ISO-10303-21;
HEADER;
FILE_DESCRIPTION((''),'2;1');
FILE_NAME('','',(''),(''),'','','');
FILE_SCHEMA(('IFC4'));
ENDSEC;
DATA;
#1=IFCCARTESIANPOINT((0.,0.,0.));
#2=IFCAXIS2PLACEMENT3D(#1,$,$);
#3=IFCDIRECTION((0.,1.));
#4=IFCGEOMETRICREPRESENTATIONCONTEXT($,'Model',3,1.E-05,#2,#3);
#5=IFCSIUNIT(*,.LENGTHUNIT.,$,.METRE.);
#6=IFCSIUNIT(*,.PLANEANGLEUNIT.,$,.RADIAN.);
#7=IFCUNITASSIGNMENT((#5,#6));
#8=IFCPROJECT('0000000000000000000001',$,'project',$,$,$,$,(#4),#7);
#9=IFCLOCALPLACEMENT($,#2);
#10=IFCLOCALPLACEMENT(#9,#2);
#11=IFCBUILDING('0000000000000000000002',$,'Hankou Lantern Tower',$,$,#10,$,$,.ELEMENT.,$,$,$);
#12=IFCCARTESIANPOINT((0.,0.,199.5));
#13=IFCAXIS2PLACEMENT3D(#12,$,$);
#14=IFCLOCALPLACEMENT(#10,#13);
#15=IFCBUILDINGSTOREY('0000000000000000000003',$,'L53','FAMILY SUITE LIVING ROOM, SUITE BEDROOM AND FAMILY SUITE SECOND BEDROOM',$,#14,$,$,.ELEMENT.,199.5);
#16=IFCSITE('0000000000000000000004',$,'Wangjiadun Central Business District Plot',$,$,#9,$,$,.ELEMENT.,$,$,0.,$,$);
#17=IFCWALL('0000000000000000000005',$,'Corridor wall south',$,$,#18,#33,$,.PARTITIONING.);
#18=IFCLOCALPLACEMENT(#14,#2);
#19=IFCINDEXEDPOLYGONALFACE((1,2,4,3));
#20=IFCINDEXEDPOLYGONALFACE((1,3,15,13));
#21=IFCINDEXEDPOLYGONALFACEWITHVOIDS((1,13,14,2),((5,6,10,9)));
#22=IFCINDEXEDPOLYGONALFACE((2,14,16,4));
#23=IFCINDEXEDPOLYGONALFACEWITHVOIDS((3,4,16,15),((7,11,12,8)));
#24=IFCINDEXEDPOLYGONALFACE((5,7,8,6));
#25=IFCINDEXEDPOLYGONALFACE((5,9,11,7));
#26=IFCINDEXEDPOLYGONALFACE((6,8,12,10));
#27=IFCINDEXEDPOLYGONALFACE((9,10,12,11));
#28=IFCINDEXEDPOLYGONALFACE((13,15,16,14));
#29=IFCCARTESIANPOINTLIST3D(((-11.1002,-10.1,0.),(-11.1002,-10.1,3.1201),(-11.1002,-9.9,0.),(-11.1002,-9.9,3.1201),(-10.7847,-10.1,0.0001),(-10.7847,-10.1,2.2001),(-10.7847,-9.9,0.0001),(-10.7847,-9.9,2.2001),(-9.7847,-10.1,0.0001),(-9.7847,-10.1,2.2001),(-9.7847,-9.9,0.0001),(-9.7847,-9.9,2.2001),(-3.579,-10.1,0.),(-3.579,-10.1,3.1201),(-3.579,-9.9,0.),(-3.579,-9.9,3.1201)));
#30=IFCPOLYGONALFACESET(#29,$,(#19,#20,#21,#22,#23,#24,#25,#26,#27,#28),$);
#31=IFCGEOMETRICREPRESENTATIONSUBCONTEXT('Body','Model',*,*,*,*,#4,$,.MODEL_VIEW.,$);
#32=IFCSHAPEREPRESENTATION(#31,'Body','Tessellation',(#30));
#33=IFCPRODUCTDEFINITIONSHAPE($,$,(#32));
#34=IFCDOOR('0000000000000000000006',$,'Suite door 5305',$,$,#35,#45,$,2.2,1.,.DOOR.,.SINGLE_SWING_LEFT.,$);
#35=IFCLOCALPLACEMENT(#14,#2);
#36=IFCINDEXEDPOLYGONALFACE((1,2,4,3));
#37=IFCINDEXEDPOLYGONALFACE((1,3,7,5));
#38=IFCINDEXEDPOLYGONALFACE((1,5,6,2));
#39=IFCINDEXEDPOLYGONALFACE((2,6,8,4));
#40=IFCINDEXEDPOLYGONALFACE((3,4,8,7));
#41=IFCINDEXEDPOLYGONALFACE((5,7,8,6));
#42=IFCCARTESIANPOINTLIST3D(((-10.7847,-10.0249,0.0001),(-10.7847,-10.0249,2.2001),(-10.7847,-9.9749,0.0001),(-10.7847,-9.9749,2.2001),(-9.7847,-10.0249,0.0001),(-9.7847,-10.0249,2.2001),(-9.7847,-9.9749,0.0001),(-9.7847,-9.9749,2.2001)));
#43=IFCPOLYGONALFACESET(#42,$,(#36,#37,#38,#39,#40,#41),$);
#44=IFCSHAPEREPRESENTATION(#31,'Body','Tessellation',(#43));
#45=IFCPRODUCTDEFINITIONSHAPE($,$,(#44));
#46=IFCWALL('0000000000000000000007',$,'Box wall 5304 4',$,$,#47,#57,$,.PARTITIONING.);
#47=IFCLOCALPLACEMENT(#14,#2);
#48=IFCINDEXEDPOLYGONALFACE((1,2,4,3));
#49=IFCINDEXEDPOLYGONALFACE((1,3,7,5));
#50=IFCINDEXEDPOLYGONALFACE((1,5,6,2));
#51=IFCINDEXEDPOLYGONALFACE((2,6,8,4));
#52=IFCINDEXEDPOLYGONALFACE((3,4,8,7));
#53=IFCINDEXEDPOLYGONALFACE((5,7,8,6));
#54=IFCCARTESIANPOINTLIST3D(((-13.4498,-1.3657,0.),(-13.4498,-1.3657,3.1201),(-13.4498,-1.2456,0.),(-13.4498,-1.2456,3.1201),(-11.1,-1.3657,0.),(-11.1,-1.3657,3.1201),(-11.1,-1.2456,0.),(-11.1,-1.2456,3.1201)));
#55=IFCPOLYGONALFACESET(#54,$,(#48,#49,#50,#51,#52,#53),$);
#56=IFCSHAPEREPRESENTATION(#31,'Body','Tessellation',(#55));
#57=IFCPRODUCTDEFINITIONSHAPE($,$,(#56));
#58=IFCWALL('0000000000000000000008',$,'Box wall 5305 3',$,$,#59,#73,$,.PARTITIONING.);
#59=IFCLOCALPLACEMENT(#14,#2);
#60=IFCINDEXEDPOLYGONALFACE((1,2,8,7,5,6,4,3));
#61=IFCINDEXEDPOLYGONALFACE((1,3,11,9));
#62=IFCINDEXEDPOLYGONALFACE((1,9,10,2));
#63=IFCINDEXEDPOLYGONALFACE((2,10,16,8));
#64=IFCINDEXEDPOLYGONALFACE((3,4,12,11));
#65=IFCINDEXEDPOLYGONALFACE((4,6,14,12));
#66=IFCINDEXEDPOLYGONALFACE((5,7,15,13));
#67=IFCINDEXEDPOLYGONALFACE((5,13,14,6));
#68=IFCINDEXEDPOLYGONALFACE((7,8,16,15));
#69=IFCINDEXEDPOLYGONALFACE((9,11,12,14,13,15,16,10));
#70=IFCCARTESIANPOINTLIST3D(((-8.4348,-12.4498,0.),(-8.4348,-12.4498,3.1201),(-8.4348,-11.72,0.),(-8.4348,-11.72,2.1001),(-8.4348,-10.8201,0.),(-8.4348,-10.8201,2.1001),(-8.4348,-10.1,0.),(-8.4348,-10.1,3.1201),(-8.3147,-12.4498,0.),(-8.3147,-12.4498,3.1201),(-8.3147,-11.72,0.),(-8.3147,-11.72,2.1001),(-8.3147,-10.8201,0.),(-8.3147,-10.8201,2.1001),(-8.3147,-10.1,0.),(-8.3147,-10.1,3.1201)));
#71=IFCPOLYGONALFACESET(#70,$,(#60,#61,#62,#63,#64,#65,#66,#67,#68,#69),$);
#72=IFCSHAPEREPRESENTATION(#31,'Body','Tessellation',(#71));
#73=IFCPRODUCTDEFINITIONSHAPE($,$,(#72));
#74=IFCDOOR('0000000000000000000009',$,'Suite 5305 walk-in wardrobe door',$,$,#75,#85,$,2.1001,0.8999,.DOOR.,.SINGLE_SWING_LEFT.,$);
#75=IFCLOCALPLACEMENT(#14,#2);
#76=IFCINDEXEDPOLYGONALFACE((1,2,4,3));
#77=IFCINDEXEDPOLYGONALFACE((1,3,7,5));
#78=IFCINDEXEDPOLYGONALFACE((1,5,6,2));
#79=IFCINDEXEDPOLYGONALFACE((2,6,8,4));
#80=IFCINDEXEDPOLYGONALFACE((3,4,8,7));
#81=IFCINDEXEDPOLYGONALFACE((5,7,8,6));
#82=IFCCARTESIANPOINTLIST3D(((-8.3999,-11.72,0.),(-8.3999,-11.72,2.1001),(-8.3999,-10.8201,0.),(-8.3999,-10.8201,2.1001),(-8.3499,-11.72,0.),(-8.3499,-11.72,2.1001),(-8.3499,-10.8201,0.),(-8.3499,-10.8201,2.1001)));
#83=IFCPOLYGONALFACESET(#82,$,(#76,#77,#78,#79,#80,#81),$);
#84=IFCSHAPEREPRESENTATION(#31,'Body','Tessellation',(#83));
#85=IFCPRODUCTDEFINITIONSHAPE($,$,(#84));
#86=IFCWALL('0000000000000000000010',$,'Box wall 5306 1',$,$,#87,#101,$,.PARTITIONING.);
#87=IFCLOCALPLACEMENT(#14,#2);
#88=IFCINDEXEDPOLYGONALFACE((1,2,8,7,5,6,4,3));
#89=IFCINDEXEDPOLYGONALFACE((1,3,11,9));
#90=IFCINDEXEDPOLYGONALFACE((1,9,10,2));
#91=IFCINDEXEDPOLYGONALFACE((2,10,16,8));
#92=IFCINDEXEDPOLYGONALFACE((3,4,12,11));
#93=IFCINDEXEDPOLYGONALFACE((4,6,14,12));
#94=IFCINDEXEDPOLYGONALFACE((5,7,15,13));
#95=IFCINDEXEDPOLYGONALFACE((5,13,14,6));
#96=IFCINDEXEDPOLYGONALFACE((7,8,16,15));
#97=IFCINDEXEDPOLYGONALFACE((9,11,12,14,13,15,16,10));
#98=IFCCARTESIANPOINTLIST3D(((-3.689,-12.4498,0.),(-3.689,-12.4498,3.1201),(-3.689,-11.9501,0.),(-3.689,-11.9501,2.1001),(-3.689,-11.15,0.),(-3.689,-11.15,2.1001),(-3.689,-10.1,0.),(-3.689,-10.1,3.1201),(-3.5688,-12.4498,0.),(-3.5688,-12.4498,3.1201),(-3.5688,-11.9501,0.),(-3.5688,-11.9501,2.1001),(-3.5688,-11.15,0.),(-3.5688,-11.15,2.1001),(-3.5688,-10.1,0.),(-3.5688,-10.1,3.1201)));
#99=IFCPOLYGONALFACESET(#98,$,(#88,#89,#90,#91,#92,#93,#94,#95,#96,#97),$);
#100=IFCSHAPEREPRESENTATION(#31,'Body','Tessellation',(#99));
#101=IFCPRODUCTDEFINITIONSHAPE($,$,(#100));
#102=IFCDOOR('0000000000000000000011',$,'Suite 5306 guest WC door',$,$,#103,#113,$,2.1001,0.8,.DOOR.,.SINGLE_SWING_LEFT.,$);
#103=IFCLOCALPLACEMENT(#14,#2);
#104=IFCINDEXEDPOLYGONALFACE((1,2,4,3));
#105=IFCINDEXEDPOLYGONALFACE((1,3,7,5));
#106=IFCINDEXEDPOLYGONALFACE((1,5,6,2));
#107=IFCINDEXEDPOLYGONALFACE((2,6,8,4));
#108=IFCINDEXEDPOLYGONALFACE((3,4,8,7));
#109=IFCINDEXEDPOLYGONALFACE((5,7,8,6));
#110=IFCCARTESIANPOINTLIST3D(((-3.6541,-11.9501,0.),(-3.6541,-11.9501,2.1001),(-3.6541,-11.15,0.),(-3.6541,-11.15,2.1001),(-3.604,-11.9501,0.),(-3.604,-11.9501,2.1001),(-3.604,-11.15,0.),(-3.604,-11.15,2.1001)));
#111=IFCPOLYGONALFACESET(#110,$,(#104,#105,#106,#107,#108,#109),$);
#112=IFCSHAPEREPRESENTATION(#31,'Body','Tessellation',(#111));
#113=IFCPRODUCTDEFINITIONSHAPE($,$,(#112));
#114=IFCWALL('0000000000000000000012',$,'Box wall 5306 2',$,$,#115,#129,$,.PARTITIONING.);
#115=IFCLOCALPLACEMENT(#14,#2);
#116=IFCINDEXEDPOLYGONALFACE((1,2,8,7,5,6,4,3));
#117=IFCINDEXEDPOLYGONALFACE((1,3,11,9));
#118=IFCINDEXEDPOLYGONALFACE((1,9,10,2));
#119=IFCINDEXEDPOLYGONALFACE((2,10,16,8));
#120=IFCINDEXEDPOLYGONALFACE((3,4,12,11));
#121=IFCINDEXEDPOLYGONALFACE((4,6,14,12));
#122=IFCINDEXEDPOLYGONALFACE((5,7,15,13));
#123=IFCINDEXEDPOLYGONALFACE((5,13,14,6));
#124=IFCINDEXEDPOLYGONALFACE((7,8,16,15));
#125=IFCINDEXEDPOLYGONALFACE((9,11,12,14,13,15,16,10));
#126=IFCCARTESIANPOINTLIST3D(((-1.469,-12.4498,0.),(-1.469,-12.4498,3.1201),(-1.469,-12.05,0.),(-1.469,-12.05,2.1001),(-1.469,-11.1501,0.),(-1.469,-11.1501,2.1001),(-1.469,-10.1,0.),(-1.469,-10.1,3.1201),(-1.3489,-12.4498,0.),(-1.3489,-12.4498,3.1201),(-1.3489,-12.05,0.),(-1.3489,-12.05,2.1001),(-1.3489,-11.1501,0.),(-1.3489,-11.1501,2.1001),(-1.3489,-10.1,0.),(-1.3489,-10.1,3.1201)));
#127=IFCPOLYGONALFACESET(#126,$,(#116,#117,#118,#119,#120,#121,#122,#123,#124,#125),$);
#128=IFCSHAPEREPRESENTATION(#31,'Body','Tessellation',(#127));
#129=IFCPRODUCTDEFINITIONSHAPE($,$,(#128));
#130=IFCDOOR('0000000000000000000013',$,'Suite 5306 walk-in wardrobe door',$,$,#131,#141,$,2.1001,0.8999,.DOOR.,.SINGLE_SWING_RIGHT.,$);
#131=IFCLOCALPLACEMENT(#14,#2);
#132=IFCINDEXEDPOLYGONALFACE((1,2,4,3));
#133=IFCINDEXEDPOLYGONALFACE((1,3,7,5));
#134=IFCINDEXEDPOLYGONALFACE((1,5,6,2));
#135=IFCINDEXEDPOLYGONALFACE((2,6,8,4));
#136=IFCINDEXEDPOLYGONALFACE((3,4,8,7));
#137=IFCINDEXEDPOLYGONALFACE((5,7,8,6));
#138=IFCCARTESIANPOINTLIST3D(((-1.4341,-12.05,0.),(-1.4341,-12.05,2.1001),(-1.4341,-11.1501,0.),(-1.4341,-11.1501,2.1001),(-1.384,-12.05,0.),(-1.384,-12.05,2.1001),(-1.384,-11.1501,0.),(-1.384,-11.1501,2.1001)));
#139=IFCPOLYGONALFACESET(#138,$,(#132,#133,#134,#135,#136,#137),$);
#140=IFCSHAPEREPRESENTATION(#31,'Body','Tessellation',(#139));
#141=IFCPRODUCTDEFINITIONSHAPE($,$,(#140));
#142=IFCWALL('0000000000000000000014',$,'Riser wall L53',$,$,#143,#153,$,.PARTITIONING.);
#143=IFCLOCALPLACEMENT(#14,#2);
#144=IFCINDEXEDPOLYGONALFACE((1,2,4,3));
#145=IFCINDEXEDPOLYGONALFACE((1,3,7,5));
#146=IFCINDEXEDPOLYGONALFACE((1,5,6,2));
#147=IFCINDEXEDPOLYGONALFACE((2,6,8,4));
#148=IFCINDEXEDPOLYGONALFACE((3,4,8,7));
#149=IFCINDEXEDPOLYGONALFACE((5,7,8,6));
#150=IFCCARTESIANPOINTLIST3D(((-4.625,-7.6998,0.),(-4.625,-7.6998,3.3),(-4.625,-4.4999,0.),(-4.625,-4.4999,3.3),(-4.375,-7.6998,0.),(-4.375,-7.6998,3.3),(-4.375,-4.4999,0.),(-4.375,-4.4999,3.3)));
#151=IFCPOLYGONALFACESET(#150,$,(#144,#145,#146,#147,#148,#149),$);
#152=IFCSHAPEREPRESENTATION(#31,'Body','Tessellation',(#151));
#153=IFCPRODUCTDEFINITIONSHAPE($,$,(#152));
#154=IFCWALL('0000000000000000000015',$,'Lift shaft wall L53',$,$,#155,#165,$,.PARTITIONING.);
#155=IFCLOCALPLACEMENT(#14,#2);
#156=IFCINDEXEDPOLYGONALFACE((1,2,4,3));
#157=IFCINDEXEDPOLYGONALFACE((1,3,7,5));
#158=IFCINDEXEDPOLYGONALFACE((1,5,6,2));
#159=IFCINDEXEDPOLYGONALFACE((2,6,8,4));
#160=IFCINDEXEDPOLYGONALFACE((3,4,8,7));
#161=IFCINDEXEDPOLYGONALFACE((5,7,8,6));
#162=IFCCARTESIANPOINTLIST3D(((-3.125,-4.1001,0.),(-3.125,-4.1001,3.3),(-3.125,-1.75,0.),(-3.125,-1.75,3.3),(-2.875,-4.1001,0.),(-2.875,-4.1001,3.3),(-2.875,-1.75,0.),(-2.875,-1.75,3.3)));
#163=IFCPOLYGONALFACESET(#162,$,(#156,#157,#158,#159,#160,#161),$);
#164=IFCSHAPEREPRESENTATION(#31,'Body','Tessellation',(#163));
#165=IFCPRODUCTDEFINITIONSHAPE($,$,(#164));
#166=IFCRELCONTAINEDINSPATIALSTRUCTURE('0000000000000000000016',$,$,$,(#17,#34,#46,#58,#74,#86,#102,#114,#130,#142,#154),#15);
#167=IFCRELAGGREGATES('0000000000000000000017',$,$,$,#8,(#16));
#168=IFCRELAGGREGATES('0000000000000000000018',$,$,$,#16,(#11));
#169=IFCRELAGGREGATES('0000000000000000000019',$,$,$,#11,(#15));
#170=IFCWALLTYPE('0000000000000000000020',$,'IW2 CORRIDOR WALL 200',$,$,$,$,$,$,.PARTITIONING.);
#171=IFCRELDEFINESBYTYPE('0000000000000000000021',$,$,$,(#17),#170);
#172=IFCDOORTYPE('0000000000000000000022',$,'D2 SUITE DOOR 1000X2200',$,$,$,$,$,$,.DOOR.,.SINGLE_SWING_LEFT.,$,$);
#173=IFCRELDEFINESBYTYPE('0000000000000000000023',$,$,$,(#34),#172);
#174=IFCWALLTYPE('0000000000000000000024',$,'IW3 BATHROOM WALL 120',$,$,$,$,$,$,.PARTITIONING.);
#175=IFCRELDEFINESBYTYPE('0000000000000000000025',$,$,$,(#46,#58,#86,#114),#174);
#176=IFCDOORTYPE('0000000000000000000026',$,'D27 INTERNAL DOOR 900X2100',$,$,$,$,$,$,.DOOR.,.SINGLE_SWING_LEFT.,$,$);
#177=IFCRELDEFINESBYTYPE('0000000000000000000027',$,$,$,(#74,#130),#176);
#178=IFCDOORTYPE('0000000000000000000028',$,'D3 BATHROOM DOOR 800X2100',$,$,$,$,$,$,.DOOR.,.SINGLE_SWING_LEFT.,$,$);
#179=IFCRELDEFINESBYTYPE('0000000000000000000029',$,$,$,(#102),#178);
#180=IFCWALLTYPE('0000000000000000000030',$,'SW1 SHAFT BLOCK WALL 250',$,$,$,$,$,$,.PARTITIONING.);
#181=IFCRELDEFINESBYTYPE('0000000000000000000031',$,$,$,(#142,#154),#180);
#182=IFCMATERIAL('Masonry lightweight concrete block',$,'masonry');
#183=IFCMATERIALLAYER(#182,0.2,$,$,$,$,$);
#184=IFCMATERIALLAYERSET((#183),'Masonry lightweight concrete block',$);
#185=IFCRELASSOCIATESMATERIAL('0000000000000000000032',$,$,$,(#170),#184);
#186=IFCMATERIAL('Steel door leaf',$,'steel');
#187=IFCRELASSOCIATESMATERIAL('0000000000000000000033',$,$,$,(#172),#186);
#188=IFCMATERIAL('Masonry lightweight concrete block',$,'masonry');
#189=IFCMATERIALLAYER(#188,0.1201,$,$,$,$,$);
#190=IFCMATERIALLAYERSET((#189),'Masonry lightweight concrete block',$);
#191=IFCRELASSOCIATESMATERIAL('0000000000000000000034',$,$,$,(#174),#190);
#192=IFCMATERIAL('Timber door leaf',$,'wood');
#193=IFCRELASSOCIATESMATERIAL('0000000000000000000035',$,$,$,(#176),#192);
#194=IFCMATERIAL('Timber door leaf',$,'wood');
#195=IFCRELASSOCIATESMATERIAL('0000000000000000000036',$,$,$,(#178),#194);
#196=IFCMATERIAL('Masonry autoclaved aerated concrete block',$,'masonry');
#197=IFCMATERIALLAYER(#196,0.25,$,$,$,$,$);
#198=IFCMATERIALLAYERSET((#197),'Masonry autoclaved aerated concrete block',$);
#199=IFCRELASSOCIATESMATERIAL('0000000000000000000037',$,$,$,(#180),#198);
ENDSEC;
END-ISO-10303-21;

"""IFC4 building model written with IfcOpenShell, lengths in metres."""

from ifc_helpers import new_model, si_unit, direction, frame, frame_2d, origin, place, context, subcontext, project, spatial, rectangle, extrude, material, layer, layer_set, type_object, element, fill, save


model = new_model("IFC4")

# Units and contexts
model_context = context("Model", 3, precision=1e-05, world=origin(), true_north=direction((0.0, 1.0)))
body_context = subcontext(model_context, "Body", "Model", "MODEL_VIEW")
ifc_project = project(units=[si_unit("LENGTHUNIT", "METRE"), si_unit("PLANEANGLEUNIT", "RADIAN")], contexts=[model_context])

# Site, building, storey
site_placement = place(None, origin())
site = spatial("IfcSite", under=ifc_project, at=site_placement, Name="Wangjiadun Central Business District Plot", CompositionType="ELEMENT", RefElevation=0.0)
building_placement = place(site_placement, origin())
building = spatial("IfcBuilding", under=site, at=building_placement, Name="Hankou Lantern Tower", CompositionType="ELEMENT")
storey_placement = place(building_placement, frame((0.0, 0.0, 199.5)))
storey = spatial("IfcBuildingStorey", under=building, at=storey_placement, Name="L53", Description="FAMILY SUITE LIVING ROOM, SUITE BEDROOM AND FAMILY SUITE SECOND BEDROOM", CompositionType="ELEMENT", Elevation=199.5)

# Wall, opening, door
ifc_material_1 = material(Name="Masonry lightweight concrete block", Category="masonry")
ifc_layer_1 = layer(ifc_material_1, 0.2)
ifc_layer_set_1 = layer_set([ifc_layer_1], Name="Masonry lightweight concrete block")
wall_type_1 = type_object("IfcWallType", Name="IW2 CORRIDOR WALL 200", PredefinedType="PARTITIONING", material=ifc_layer_set_1)
wall_1_placement = place(storey_placement, frame((-3.5789, -10.0, 0.0), z_axis=(0.0, 0.0, 1.0), x_axis=(-1.0, 0.0, 0.0)))
wall_1 = element("IfcWall", 1, at=wall_1_placement, inside=storey, type_object=wall_type_1, Name="Corridor wall south", PredefinedType="PARTITIONING", context=body_context, shape_type="SweptSolid", body=[
    extrude(rectangle(XDim=7.5212, YDim=0.2, at=frame_2d((3.7607, 0.0))), origin(), (0.0, 0.0, 1.0), 3.1201),
])
opening_1_placement = place(wall_1_placement, frame((6.2058, 0.0, 0.0)))
opening_1 = element("IfcOpeningElement", 2, at=opening_1_placement, cuts=wall_1, PredefinedType="OPENING", context=body_context, shape_type="SweptSolid", body=[
    extrude(rectangle(XDim=1.0, YDim=2.2, at=frame_2d((0.5, 1.1001))), frame((0.0, 0.1099, 0.0), z_axis=(0.0, -1.0, 0.0), x_axis=(1.0, 0.0, 0.0)), (0.0, 0.0, 1.0), 0.22),
])
ifc_material_2 = material(Name="Steel door leaf", Category="steel")
door_type_1 = type_object("IfcDoorType", Name="D2 SUITE DOOR 1000X2200", OperationType="SINGLE_SWING_LEFT", PredefinedType="DOOR", material=ifc_material_2)
door_1_placement = place(opening_1_placement, origin())
door_1 = element("IfcDoor", 3, at=door_1_placement, inside=storey, type_object=door_type_1, Name="Suite door 5305", OperationType="SINGLE_SWING_LEFT", OverallHeight=2.2, OverallWidth=1.0, PredefinedType="DOOR", context=body_context, shape_type="SweptSolid", body=[
    extrude(rectangle(XDim=1.0, YDim=2.2, at=frame_2d((0.5, 1.1001))), frame((0.0, 0.0249, 0.0), z_axis=(0.0, -1.0, 0.0), x_axis=(1.0, 0.0, 0.0)), (0.0, 0.0, 1.0), 0.05),
])
fill(opening_1, door_1)

# Wall
ifc_material_3 = material(Name="Masonry lightweight concrete block", Category="masonry")
ifc_layer_2 = layer(ifc_material_3, 0.1201)
ifc_layer_set_2 = layer_set([ifc_layer_2], Name="Masonry lightweight concrete block")
wall_type_2 = type_object("IfcWallType", Name="IW3 BATHROOM WALL 120", PredefinedType="PARTITIONING", material=ifc_layer_set_2)
wall_2_placement = place(storey_placement, frame((-11.1001, -1.3057, 0.0), z_axis=(0.0, 0.0, 1.0), x_axis=(-1.0, 0.0, 0.0)))
element("IfcWall", 4, at=wall_2_placement, inside=storey, type_object=wall_type_2, Name="Box wall 5304 4", PredefinedType="PARTITIONING", context=body_context, shape_type="SweptSolid", body=[
    extrude(rectangle(XDim=2.3499, YDim=0.1201, at=frame_2d((1.1748, 0.0))), origin(), (0.0, 0.0, 1.0), 3.1201),
])

# Walls, openings, doors
wall_3_placement = place(storey_placement, frame((-8.3748, -10.1001, 0.0), z_axis=(0.0, 0.0, 1.0), x_axis=(0.0, -1.0, 0.0)))
wall_3 = element("IfcWall", 5, at=wall_3_placement, inside=storey, type_object=wall_type_2, Name="Box wall 5305 3", PredefinedType="PARTITIONING", context=body_context, shape_type="SweptSolid", body=[
    extrude(rectangle(XDim=2.3499, YDim=0.1201, at=frame_2d((1.1748, 0.0))), origin(), (0.0, 0.0, 1.0), 3.1201),
])
opening_2_placement = place(wall_3_placement, frame((0.72, 0.0, 0.0)))
opening_2 = element("IfcOpeningElement", 6, at=opening_2_placement, cuts=wall_3, PredefinedType="OPENING", context=body_context, shape_type="SweptSolid", body=[
    extrude(rectangle(XDim=0.8999, YDim=2.1001, at=frame_2d((0.45, 1.05))), frame((0.0, 0.0701, 0.0), z_axis=(0.0, -1.0, 0.0), x_axis=(1.0, 0.0, 0.0)), (0.0, 0.0, 1.0), 0.1401),
])
ifc_material_4 = material(Name="Timber door leaf", Category="wood")
door_type_2 = type_object("IfcDoorType", Name="D27 INTERNAL DOOR 900X2100", OperationType="SINGLE_SWING_LEFT", PredefinedType="DOOR", material=ifc_material_4)
door_2_placement = place(opening_2_placement, origin())
door_2 = element("IfcDoor", 7, at=door_2_placement, inside=storey, type_object=door_type_2, Name="Suite 5305 walk-in wardrobe door", OperationType="SINGLE_SWING_LEFT", OverallHeight=2.1001, OverallWidth=0.8999, PredefinedType="DOOR", context=body_context, shape_type="SweptSolid", body=[
    extrude(rectangle(XDim=0.8999, YDim=2.1001, at=frame_2d((0.45, 1.05))), frame((0.0, 0.0249, 0.0), z_axis=(0.0, -1.0, 0.0), x_axis=(1.0, 0.0, 0.0)), (0.0, 0.0, 1.0), 0.05),
])
fill(opening_2, door_2)
wall_4_placement = place(storey_placement, frame((-3.6289, -10.1001, 0.0), z_axis=(0.0, 0.0, 1.0), x_axis=(0.0, -1.0, 0.0)))
wall_4 = element("IfcWall", 8, at=wall_4_placement, inside=storey, type_object=wall_type_2, Name="Box wall 5306 1", PredefinedType="PARTITIONING", context=body_context, shape_type="SweptSolid", body=[
    extrude(rectangle(XDim=2.3499, YDim=0.1201, at=frame_2d((1.1748, 0.0))), origin(), (0.0, 0.0, 1.0), 3.1201),
])
opening_3_placement = place(wall_4_placement, frame((1.05, 0.0, 0.0)))
opening_3 = element("IfcOpeningElement", 9, at=opening_3_placement, cuts=wall_4, PredefinedType="OPENING", context=body_context, shape_type="SweptSolid", body=[
    extrude(rectangle(XDim=0.8, YDim=2.1001, at=frame_2d((0.3999, 1.05))), frame((0.0, 0.0701, 0.0), z_axis=(0.0, -1.0, 0.0), x_axis=(1.0, 0.0, 0.0)), (0.0, 0.0, 1.0), 0.1401),
])
ifc_material_5 = material(Name="Timber door leaf", Category="wood")
door_type_3 = type_object("IfcDoorType", Name="D3 BATHROOM DOOR 800X2100", OperationType="SINGLE_SWING_LEFT", PredefinedType="DOOR", material=ifc_material_5)
door_3_placement = place(opening_3_placement, origin())
door_3 = element("IfcDoor", 10, at=door_3_placement, inside=storey, type_object=door_type_3, Name="Suite 5306 guest WC door", OperationType="SINGLE_SWING_LEFT", OverallHeight=2.1001, OverallWidth=0.8, PredefinedType="DOOR", context=body_context, shape_type="SweptSolid", body=[
    extrude(rectangle(XDim=0.8, YDim=2.1001, at=frame_2d((0.3999, 1.05))), frame((0.0, 0.0249, 0.0), z_axis=(0.0, -1.0, 0.0), x_axis=(1.0, 0.0, 0.0)), (0.0, 0.0, 1.0), 0.05),
])
fill(opening_3, door_3)
wall_5_placement = place(storey_placement, frame((-1.4089, -10.1001, 0.0), z_axis=(0.0, 0.0, 1.0), x_axis=(0.0, -1.0, 0.0)))
wall_5 = element("IfcWall", 11, at=wall_5_placement, inside=storey, type_object=wall_type_2, Name="Box wall 5306 2", PredefinedType="PARTITIONING", context=body_context, shape_type="SweptSolid", body=[
    extrude(rectangle(XDim=2.3499, YDim=0.1201, at=frame_2d((1.1748, 0.0))), origin(), (0.0, 0.0, 1.0), 3.1201),
])
opening_4_placement = place(wall_5_placement, frame((1.05, 0.0, 0.0)))
opening_4 = element("IfcOpeningElement", 12, at=opening_4_placement, cuts=wall_5, PredefinedType="OPENING", context=body_context, shape_type="SweptSolid", body=[
    extrude(rectangle(XDim=0.8999, YDim=2.1001, at=frame_2d((0.45, 1.05))), frame((0.0, 0.0701, 0.0), z_axis=(0.0, -1.0, 0.0), x_axis=(1.0, 0.0, 0.0)), (0.0, 0.0, 1.0), 0.1401),
])
door_4_placement = place(opening_4_placement, origin())
door_4 = element("IfcDoor", 13, at=door_4_placement, inside=storey, type_object=door_type_2, Name="Suite 5306 walk-in wardrobe door", OperationType="SINGLE_SWING_RIGHT", OverallHeight=2.1001, OverallWidth=0.8999, PredefinedType="DOOR", context=body_context, shape_type="SweptSolid", body=[
    extrude(rectangle(XDim=0.8999, YDim=2.1001, at=frame_2d((0.45, 1.05))), frame((0.0, 0.0249, 0.0), z_axis=(0.0, -1.0, 0.0), x_axis=(1.0, 0.0, 0.0)), (0.0, 0.0, 1.0), 0.05),
])
fill(opening_4, door_4)

# Walls
ifc_material_6 = material(Name="Masonry autoclaved aerated concrete block", Category="masonry")
ifc_layer_3 = layer(ifc_material_6, 0.25)
ifc_layer_set_3 = layer_set([ifc_layer_3], Name="Masonry autoclaved aerated concrete block")
wall_type_3 = type_object("IfcWallType", Name="SW1 SHAFT BLOCK WALL 250", PredefinedType="PARTITIONING", material=ifc_layer_set_3)
wall_6_placement = place(storey_placement, frame((-4.5, -7.7, 0.0), z_axis=(0.0, 0.0, 1.0), x_axis=(0.0, 1.0, 0.0)))
element("IfcWall", 14, at=wall_6_placement, inside=storey, type_object=wall_type_3, Name="Riser wall L53", PredefinedType="PARTITIONING", context=body_context, shape_type="SweptSolid", body=[
    extrude(rectangle(XDim=3.2, YDim=0.25, at=frame_2d((1.6001, 0.0))), origin(), (0.0, 0.0, 1.0), 3.3),
])
for number, where, z_axis, x_axis, name in (
    (15, (-3.0, -4.1001, 0.0), (0.0, 0.0, 1.0), (0.0, 1.0, 0.0), "Lift shaft wall L53"),
):
    element("IfcWall", number, at=place(storey_placement, frame(where, z_axis=z_axis, x_axis=x_axis)), inside=storey, type_object=wall_type_3, Name=name, PredefinedType="PARTITIONING", context=body_context, shape_type="SweptSolid", body=[
        extrude(rectangle(XDim=2.3501, YDim=0.25, at=frame_2d((1.175, 0.0))), origin(), (0.0, 0.0, 1.0), 3.3),
    ])

save(model, "model.ifc")
